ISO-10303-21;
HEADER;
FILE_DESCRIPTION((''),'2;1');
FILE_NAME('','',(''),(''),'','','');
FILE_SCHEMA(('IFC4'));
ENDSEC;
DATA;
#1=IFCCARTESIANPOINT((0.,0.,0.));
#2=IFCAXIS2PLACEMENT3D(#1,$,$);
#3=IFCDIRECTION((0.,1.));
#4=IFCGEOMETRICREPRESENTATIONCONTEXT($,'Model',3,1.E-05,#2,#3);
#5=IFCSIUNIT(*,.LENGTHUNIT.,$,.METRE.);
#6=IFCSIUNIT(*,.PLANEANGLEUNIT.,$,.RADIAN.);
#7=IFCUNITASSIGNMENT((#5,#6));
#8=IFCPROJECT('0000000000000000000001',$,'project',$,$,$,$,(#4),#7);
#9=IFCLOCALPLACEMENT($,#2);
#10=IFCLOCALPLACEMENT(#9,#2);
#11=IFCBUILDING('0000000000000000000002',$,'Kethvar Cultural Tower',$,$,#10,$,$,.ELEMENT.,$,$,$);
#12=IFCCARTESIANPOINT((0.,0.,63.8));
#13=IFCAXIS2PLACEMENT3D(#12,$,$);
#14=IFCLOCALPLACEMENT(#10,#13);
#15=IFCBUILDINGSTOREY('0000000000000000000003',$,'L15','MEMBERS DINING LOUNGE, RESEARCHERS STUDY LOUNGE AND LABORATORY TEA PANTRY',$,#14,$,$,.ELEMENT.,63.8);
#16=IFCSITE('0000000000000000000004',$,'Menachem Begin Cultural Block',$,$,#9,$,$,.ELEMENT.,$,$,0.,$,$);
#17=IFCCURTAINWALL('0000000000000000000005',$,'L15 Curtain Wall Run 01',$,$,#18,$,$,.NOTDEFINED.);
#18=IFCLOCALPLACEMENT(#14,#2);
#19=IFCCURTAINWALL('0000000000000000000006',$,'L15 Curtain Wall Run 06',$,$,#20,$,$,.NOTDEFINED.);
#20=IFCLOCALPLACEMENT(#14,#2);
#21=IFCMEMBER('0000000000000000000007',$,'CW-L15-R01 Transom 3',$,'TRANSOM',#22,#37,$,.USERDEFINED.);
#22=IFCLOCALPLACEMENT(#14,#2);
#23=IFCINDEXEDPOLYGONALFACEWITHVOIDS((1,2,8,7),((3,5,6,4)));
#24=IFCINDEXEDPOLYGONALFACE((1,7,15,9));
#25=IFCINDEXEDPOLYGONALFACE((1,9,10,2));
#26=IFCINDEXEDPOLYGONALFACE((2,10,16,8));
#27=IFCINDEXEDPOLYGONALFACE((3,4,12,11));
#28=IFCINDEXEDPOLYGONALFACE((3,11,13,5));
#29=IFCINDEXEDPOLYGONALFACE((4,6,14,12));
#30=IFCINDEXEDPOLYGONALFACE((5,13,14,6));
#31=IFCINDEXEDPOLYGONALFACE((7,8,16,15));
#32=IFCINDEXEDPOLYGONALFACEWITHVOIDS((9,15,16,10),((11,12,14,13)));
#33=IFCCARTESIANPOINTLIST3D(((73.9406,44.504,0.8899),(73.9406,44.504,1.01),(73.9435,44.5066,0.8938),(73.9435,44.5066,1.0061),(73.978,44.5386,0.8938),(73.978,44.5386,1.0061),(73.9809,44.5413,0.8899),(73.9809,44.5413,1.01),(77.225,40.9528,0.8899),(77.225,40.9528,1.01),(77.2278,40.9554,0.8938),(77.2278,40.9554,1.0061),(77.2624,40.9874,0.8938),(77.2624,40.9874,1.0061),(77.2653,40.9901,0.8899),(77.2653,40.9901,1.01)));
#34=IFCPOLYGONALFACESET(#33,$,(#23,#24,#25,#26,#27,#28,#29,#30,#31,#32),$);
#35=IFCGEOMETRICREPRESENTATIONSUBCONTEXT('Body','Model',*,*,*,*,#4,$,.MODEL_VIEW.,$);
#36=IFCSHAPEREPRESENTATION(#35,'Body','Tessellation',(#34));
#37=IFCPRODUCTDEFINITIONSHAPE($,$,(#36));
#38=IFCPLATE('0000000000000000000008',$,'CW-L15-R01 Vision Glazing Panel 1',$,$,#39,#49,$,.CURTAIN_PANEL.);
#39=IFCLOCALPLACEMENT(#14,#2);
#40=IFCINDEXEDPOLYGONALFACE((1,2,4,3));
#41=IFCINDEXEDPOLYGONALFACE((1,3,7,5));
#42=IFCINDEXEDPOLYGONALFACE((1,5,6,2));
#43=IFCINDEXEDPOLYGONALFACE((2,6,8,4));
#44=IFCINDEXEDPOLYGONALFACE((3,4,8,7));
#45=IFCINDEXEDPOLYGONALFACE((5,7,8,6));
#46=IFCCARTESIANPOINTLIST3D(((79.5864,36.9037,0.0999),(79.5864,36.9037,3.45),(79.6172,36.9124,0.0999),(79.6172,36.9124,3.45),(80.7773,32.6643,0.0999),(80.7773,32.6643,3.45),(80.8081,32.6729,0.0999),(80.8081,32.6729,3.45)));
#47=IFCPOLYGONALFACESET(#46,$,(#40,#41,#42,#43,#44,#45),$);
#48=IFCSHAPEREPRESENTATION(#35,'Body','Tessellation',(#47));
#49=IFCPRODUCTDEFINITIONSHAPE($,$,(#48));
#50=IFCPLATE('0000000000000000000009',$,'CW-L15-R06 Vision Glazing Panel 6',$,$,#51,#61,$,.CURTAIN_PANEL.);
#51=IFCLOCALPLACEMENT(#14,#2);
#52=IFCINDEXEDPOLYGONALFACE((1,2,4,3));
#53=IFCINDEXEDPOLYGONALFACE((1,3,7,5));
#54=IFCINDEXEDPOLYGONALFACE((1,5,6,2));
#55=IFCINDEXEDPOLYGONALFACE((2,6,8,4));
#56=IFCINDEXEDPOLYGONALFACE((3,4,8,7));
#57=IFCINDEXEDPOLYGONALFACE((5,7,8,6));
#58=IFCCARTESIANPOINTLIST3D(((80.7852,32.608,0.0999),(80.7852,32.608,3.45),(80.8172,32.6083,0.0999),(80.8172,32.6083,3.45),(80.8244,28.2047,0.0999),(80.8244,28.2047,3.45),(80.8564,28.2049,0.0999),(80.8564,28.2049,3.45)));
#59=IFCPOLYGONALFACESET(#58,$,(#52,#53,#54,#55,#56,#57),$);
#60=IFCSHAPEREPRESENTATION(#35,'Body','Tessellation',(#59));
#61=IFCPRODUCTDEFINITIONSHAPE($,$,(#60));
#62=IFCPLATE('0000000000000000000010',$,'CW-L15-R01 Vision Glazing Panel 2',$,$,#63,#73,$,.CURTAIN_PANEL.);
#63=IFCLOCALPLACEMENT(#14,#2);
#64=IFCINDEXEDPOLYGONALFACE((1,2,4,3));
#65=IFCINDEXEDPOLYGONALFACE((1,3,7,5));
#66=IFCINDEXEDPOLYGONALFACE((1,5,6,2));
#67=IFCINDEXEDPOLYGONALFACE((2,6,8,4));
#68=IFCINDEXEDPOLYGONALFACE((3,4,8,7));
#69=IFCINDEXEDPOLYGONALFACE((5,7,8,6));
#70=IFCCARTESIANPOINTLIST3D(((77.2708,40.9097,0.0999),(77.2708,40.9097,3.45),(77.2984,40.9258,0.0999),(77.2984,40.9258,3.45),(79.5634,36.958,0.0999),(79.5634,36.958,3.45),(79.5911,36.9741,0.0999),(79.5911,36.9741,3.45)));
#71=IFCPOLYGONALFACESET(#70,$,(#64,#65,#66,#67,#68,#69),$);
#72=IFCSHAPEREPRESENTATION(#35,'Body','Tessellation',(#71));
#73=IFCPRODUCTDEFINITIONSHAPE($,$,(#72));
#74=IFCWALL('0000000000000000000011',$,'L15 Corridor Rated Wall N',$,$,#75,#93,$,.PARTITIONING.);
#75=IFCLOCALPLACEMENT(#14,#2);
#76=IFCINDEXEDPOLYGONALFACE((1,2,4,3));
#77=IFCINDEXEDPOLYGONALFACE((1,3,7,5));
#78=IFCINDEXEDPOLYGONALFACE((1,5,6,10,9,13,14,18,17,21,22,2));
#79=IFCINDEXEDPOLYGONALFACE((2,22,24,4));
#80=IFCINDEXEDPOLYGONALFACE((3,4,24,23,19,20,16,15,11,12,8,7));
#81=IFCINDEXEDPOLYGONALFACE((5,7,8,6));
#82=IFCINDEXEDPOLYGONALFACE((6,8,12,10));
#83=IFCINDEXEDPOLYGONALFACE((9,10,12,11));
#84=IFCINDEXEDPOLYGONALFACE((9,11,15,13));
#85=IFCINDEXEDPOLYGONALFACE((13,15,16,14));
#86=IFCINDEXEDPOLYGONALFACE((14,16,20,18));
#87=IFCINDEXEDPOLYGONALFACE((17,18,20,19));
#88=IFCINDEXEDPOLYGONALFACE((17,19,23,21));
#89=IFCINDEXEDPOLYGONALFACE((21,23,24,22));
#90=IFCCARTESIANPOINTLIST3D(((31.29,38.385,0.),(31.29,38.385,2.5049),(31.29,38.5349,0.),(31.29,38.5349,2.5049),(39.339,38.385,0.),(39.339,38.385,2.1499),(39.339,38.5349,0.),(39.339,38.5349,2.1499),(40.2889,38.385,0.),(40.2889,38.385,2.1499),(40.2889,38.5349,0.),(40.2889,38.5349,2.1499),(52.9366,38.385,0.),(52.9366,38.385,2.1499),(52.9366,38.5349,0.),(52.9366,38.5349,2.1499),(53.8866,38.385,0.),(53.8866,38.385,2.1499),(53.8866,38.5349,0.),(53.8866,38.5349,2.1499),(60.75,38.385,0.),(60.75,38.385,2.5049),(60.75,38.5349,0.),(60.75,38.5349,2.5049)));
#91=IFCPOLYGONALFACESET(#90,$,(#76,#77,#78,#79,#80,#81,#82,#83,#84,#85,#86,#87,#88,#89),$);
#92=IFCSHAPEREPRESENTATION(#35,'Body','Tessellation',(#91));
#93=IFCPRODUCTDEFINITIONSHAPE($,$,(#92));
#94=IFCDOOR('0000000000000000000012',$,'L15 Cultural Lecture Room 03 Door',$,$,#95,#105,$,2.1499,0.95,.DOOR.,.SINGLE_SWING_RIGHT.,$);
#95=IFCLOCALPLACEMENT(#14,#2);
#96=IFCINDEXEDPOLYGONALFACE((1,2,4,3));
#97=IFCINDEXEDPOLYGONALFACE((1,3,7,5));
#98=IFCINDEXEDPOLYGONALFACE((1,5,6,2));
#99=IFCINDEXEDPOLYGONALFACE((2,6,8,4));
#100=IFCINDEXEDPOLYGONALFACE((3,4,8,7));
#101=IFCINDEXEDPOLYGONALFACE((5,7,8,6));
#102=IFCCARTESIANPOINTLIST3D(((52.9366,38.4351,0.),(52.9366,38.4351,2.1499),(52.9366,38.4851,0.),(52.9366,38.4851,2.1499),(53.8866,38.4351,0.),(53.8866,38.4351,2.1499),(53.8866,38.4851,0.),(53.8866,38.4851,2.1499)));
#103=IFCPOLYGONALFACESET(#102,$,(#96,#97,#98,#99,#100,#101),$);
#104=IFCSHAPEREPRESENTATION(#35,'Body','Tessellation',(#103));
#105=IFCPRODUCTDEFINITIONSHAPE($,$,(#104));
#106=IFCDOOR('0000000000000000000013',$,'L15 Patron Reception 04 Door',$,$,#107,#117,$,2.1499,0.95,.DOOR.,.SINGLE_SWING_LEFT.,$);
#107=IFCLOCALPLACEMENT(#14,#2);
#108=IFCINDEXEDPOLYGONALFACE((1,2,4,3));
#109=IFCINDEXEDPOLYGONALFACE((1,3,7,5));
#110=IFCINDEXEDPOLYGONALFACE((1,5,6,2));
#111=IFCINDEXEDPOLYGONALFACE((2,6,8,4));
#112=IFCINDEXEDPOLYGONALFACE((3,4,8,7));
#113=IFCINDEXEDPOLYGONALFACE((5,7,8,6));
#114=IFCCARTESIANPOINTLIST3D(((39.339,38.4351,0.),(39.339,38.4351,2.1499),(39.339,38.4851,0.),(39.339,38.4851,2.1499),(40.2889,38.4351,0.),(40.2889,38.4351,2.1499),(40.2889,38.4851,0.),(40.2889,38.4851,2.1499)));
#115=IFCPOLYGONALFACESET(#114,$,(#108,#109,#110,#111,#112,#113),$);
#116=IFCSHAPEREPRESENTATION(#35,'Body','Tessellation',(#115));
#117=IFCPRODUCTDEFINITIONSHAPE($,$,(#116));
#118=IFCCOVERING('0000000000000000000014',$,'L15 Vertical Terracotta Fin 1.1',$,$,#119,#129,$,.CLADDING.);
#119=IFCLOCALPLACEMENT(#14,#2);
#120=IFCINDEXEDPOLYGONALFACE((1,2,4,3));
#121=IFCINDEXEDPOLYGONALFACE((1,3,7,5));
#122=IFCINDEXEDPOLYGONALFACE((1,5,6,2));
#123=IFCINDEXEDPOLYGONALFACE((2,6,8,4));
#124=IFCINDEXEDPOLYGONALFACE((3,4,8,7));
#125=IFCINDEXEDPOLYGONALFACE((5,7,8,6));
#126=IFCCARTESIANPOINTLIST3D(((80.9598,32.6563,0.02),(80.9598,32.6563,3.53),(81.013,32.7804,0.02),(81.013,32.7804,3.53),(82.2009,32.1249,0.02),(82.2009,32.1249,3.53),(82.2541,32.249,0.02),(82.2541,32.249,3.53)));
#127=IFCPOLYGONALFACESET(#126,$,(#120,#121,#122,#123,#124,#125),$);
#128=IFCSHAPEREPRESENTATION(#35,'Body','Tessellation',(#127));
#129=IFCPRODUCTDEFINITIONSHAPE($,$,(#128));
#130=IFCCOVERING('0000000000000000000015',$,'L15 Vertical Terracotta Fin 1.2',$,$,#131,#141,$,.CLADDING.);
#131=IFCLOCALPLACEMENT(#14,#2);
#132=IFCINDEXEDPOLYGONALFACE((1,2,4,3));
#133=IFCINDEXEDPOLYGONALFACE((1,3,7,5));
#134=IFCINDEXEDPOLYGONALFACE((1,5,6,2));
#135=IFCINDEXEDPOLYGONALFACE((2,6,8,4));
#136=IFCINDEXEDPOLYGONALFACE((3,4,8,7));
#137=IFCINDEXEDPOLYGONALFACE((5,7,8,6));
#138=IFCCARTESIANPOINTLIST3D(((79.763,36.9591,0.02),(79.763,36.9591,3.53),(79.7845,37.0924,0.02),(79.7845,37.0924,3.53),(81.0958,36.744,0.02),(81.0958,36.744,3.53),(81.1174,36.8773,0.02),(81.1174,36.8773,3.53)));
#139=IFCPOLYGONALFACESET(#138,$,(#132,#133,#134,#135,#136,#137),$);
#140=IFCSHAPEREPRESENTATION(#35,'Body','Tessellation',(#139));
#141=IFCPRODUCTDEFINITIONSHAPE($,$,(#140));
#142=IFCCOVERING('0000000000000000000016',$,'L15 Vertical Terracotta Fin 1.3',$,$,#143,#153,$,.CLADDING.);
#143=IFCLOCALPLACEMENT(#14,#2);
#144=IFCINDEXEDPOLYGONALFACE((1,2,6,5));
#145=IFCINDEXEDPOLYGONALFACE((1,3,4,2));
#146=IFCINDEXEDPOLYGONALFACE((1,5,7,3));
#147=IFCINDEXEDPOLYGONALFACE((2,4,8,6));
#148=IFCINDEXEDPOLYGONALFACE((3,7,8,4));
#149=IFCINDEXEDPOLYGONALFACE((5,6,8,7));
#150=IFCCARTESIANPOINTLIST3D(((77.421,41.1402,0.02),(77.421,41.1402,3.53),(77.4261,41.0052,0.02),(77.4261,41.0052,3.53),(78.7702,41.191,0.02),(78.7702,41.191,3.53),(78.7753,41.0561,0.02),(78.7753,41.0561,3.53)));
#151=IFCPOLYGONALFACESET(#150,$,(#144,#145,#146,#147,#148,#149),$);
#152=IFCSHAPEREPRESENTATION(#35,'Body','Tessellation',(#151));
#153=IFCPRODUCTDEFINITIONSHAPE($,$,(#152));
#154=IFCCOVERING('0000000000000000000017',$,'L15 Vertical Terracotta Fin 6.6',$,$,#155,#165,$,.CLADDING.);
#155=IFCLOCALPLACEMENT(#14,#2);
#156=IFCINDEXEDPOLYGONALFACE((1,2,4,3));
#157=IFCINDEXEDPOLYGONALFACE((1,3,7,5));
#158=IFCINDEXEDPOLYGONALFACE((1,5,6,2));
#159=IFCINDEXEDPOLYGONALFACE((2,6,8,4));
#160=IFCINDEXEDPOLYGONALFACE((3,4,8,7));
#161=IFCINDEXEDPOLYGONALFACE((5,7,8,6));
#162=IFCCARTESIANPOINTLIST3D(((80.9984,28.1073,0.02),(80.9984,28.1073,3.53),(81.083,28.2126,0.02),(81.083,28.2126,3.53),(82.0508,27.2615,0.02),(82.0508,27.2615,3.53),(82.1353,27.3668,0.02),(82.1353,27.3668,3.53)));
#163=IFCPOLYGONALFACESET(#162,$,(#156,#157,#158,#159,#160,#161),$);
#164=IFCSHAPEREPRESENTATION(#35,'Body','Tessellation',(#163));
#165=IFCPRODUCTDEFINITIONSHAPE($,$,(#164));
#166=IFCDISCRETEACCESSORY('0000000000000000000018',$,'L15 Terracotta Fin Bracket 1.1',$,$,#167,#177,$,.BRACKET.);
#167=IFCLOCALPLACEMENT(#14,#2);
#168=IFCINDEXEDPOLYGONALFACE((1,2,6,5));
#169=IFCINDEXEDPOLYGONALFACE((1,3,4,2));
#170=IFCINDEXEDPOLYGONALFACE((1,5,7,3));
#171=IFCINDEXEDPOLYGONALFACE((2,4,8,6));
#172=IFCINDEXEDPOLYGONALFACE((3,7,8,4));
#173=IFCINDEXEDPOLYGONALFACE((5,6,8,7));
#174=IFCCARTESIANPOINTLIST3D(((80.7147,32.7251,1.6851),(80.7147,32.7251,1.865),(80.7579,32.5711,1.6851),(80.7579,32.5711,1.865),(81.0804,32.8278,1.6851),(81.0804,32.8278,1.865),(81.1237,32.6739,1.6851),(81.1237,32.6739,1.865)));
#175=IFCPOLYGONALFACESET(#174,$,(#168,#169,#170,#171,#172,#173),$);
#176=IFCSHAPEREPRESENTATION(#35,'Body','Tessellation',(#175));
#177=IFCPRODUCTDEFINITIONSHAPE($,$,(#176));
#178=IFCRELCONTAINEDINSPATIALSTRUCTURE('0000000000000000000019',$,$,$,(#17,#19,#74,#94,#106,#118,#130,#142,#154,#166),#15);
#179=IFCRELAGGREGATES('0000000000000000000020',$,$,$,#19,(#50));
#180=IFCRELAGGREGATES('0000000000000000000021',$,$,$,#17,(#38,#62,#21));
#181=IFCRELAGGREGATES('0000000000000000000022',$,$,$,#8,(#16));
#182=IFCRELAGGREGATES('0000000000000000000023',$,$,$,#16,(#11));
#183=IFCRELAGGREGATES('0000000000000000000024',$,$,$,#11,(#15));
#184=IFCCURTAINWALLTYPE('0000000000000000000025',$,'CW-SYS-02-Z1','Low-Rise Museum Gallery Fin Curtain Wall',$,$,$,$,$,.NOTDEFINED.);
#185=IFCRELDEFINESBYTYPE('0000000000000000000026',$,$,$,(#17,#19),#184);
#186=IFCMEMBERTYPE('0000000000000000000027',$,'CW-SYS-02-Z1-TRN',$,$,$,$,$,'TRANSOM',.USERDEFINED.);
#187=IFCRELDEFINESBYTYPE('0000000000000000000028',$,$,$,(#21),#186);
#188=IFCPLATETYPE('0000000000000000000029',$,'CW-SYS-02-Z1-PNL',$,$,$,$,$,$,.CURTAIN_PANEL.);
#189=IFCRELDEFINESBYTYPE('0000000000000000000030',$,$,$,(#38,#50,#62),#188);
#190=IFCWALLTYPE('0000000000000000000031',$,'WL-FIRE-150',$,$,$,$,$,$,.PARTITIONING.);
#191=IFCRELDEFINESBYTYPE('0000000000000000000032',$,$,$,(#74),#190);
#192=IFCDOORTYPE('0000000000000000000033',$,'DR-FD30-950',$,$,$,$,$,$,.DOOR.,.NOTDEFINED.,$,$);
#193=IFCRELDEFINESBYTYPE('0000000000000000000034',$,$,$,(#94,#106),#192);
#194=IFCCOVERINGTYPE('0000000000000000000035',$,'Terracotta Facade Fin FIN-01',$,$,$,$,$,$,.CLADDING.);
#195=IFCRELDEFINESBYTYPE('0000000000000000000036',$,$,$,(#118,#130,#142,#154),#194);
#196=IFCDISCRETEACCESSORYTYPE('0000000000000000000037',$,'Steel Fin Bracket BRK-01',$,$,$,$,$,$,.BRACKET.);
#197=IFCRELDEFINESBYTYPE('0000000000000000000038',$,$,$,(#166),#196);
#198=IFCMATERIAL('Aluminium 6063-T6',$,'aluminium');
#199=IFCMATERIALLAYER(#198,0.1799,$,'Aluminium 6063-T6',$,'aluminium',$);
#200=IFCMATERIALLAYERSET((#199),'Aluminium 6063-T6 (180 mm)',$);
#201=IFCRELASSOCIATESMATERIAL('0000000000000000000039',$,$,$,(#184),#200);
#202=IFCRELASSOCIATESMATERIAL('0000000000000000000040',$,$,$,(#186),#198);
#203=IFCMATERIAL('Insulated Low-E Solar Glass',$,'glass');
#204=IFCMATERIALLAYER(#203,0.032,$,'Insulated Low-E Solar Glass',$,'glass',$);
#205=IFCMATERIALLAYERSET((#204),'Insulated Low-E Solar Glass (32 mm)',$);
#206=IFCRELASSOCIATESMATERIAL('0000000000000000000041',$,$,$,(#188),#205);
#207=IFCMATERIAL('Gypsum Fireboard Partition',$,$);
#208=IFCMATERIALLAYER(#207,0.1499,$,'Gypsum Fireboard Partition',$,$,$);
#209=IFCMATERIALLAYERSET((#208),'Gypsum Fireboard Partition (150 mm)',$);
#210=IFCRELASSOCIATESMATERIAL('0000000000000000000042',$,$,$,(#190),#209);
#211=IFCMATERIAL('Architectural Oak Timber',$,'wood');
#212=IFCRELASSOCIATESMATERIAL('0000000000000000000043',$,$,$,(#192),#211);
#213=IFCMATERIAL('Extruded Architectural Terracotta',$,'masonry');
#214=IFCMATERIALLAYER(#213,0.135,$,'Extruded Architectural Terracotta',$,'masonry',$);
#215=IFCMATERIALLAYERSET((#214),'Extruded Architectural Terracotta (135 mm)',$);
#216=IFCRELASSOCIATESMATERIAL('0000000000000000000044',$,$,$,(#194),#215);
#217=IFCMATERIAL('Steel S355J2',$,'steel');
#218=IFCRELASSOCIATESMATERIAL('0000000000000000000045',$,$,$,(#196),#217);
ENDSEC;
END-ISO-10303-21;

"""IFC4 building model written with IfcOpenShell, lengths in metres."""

from ifc_helpers import new_model, si_unit, direction, frame, frame_2d, origin, origin_2d, place, context, subcontext, project, spatial, rectangle, hollow_rectangle, extrude, source, transform, mapped, material, layer, layer_set, material_profile, profile_set, type_object, element, fill, aggregate, save


model = new_model("IFC4")

# Units and contexts
model_context = context("Model", 3, precision=1e-05, world=origin(), true_north=direction((0.0, 1.0)))
body_context = subcontext(model_context, "Body", "Model", "MODEL_VIEW")
ifc_project = project(units=[si_unit("LENGTHUNIT", "METRE"), si_unit("PLANEANGLEUNIT", "RADIAN")], contexts=[model_context])

# Site, building, storey
site_placement = place(None, origin())
site = spatial("IfcSite", under=ifc_project, at=site_placement, Name="Menachem Begin Cultural Block", CompositionType="ELEMENT", RefElevation=0.0)
building_placement = place(site_placement, origin())
building = spatial("IfcBuilding", under=site, at=building_placement, Name="Kethvar Cultural Tower", CompositionType="ELEMENT")
storey_placement = place(building_placement, frame((0.0, 0.0, 63.8)))
storey = spatial("IfcBuildingStorey", under=building, at=storey_placement, Name="L15", Description="MEMBERS DINING LOUNGE, RESEARCHERS STUDY LOUNGE AND LABORATORY TEA PANTRY", CompositionType="ELEMENT", Elevation=63.8)

# Shared definitions
ifc_material_1 = material(Name="Steel S355J2", Category="steel")

# Curtain walls
ifc_material_2 = material(Name="Aluminium 6063-T6", Category="aluminium")
ifc_layer_1 = layer(ifc_material_2, 0.1799, Name="Aluminium 6063-T6", Category="aluminium")
ifc_layer_set_1 = layer_set([ifc_layer_1], Name="Aluminium 6063-T6 (180 mm)")
curtain_wall_type = type_object("IfcCurtainWallType", Name="CW-SYS-02-Z1", Description="Low-Rise Museum Gallery Fin Curtain Wall", PredefinedType="NOTDEFINED", material=ifc_layer_set_1)
curtain_wall_1_placement = place(storey_placement, origin())
curtain_wall_1 = element("IfcCurtainWall", 1, at=curtain_wall_1_placement, inside=storey, type_object=curtain_wall_type, Name="L15 Curtain Wall Run 01", PredefinedType="NOTDEFINED")
curtain_wall_2_placement = place(storey_placement, origin())
curtain_wall_2 = element("IfcCurtainWall", 2, at=curtain_wall_2_placement, inside=storey, type_object=curtain_wall_type, Name="L15 Curtain Wall Run 06", PredefinedType="NOTDEFINED")

# Member
ifc_material_profile_1 = material_profile(ifc_material_2, hollow_rectangle(XDim=0.0549, YDim=0.1201, WallThickness=0.0039, at=origin_2d()), Name="Aluminium 6063-T6 — RHS120x55x4")
ifc_profile_set_1 = profile_set([ifc_material_profile_1], Name="Aluminium 6063-T6 — RHS120x55x4")
member_type_1 = type_object("IfcMemberType", Name="CW-SYS-02-Z1-TRN", ElementType="TRANSOM", PredefinedType="USERDEFINED", material=ifc_profile_set_1)
shared_shape_1 = source(origin(), body_context, "Body", "SweptSolid", [
    extrude(hollow_rectangle(XDim=0.0549, YDim=0.1201, WallThickness=0.0039, at=origin_2d()), origin(), (0.0, 0.0, 1.0), 4.8372),
])
member_1_placement = place(storey_placement, frame((77.2451, 40.9714, 0.95), z_axis=(-0.678986, 0.734151, 0.0), x_axis=(-0.734151, -0.678986, 0.0)))
member_1 = element("IfcMember", 3, at=member_1_placement, type_object=member_type_1, Name="CW-L15-R01 Transom 3", ObjectType="TRANSOM", PredefinedType="USERDEFINED", context=body_context, shape_type="MappedRepresentation", body=[
    mapped(shared_shape_1, transform((0.0, 0.0, 0.0), scale=1.0)),
])

# Plates
ifc_material_3 = material(Name="Insulated Low-E Solar Glass", Category="glass")
ifc_layer_2 = layer(ifc_material_3, 0.032, Name="Insulated Low-E Solar Glass", Category="glass")
ifc_layer_set_2 = layer_set([ifc_layer_2], Name="Insulated Low-E Solar Glass (32 mm)")
plate_type = type_object("IfcPlateType", Name="CW-SYS-02-Z1-PNL", PredefinedType="CURTAIN_PANEL", material=ifc_layer_set_2)
shared_shape_2 = source(origin(), body_context, "Body", "SweptSolid", [
    extrude(rectangle(XDim=4.4036, YDim=0.032, at=origin_2d()), origin(), (0.0, 0.0, 1.0), 3.3501),
])
plate_1_placement = place(storey_placement, frame((80.1973, 34.7883, 0.0999), z_axis=(0.0, 0.0, 1.0), x_axis=(-0.270432, 0.962739, 0.0)))
plate_1 = element("IfcPlate", 4, at=plate_1_placement, type_object=plate_type, Name="CW-L15-R01 Vision Glazing Panel 1", PredefinedType="CURTAIN_PANEL", context=body_context, shape_type="MappedRepresentation", body=[
    mapped(shared_shape_2, transform((0.0, 0.0, 0.0), scale=1.0)),
])
plate_2_placement = place(storey_placement, frame((80.8208, 30.4065, 0.0999), z_axis=(0.0, 0.0, 1.0), x_axis=(-0.008901, 0.99996, 0.0)))
plate_2 = element("IfcPlate", 5, at=plate_2_placement, type_object=plate_type, Name="CW-L15-R06 Vision Glazing Panel 6", PredefinedType="CURTAIN_PANEL", context=body_context, shape_type="MappedRepresentation", body=[
    mapped(shared_shape_2, transform((0.0, 0.0, 0.0), scale=1.0)),
])
aggregate(curtain_wall_2, [plate_2])
shared_shape_3 = source(origin(), body_context, "Body", "SweptSolid", [
    extrude(rectangle(XDim=4.5686, YDim=0.032, at=origin_2d()), origin(), (0.0, 0.0, 1.0), 3.3501),
])
plate_3_placement = place(storey_placement, frame((78.4309, 38.9419, 0.0999), z_axis=(0.0, 0.0, 1.0), x_axis=(-0.501828, 0.864968, 0.0)))
plate_3 = element("IfcPlate", 6, at=plate_3_placement, type_object=plate_type, Name="CW-L15-R01 Vision Glazing Panel 2", PredefinedType="CURTAIN_PANEL", context=body_context, shape_type="MappedRepresentation", body=[
    mapped(shared_shape_3, transform((0.0, 0.0, 0.0), scale=1.0)),
])
aggregate(curtain_wall_1, [plate_1, plate_3, member_1])

# Wall, openings, doors
ifc_material_4 = material(Name="Gypsum Fireboard Partition")
ifc_layer_3 = layer(ifc_material_4, 0.1499, Name="Gypsum Fireboard Partition")
ifc_layer_set_3 = layer_set([ifc_layer_3], Name="Gypsum Fireboard Partition (150 mm)")
wall_type = type_object("IfcWallType", Name="WL-FIRE-150", PredefinedType="PARTITIONING", material=ifc_layer_set_3)
wall_placement = place(storey_placement, frame((60.75, 38.46, 0.0), z_axis=(0.0, 0.0, 1.0), x_axis=(-1.0, 0.0, 0.0)))
wall = element("IfcWall", 7, at=wall_placement, inside=storey, type_object=wall_type, Name="L15 Corridor Rated Wall N", PredefinedType="PARTITIONING", context=body_context, shape_type="SweptSolid", body=[
    extrude(rectangle(XDim=29.46, YDim=0.1499, at=frame_2d((14.73, 0.0))), origin(), (0.0, 0.0, 1.0), 2.5049),
])
opening_1_placement = place(wall_placement, frame((6.8633, 0.0, 0.0)))
opening_1 = element("IfcOpeningElement", 8, at=opening_1_placement, cuts=wall, PredefinedType="OPENING", context=body_context, shape_type="SweptSolid", body=[
    extrude(rectangle(XDim=0.95, YDim=2.1499, at=frame_2d((0.4751, 1.075))), frame((0.0, 0.085, 0.0), z_axis=(0.0, -1.0, 0.0), x_axis=(1.0, 0.0, 0.0)), (0.0, 0.0, 1.0), 0.1699),
])
opening_2_placement = place(wall_placement, frame((20.4609, 0.0, 0.0)))
opening_2 = element("IfcOpeningElement", 9, at=opening_2_placement, cuts=wall, PredefinedType="OPENING", context=body_context, shape_type="SweptSolid", body=[
    extrude(rectangle(XDim=0.95, YDim=2.1499, at=frame_2d((0.4751, 1.075))), frame((0.0, 0.085, 0.0), z_axis=(0.0, -1.0, 0.0), x_axis=(1.0, 0.0, 0.0)), (0.0, 0.0, 1.0), 0.1699),
])
ifc_material_5 = material(Name="Architectural Oak Timber", Category="wood")
door_type = type_object("IfcDoorType", Name="DR-FD30-950", OperationType="NOTDEFINED", PredefinedType="DOOR", material=ifc_material_5)
shared_shape_4 = source(origin(), body_context, "Body", "SweptSolid", [
    extrude(rectangle(XDim=0.95, YDim=2.1499, at=frame_2d((0.4751, 1.075))), frame((0.0, 0.0249, 0.0), z_axis=(0.0, -1.0, 0.0), x_axis=(1.0, 0.0, 0.0)), (0.0, 0.0, 1.0), 0.05),
])
door_1_placement = place(opening_1_placement, origin())
door_1 = element("IfcDoor", 10, at=door_1_placement, inside=storey, type_object=door_type, Name="L15 Cultural Lecture Room 03 Door", OperationType="SINGLE_SWING_RIGHT", OverallHeight=2.1499, OverallWidth=0.95, PredefinedType="DOOR", context=body_context, shape_type="MappedRepresentation", body=[
    mapped(shared_shape_4, transform((0.0, 0.0, 0.0), scale=1.0)),
])
fill(opening_1, door_1)
door_2_placement = place(opening_2_placement, origin())
door_2 = element("IfcDoor", 11, at=door_2_placement, inside=storey, type_object=door_type, Name="L15 Patron Reception 04 Door", OperationType="SINGLE_SWING_LEFT", OverallHeight=2.1499, OverallWidth=0.95, PredefinedType="DOOR", context=body_context, shape_type="MappedRepresentation", body=[
    mapped(shared_shape_4, transform((0.0, 0.0, 0.0), scale=1.0)),
])
fill(opening_2, door_2)

# Coverings
ifc_material_6 = material(Name="Extruded Architectural Terracotta", Category="masonry")
ifc_layer_4 = layer(ifc_material_6, 0.135, Name="Extruded Architectural Terracotta", Category="masonry")
ifc_layer_set_4 = layer_set([ifc_layer_4], Name="Extruded Architectural Terracotta (135 mm)")
covering_type = type_object("IfcCoveringType", Name="Terracotta Facade Fin FIN-01", PredefinedType="CLADDING", material=ifc_layer_set_4)
shared_shape_5 = source(origin(), body_context, "Body", "SweptSolid", [
    extrude(rectangle(XDim=1.3501, YDim=0.135, at=origin_2d()), origin(), (0.0, 0.0, 1.0), 3.51),
])
for number, where, z_axis, x_axis, name in (
    (12, (81.6069, 32.4526, 0.02), (0.0, 0.0, 1.0), (0.919273, -0.393621, 0.0), "L15 Vertical Terracotta Fin 1.1"),
    (13, (80.4402, 36.9182, 0.02), (0.0, 0.0, 1.0), (0.98722, -0.159364, 0.0), "L15 Vertical Terracotta Fin 1.2"),
    (14, (78.0981, 41.0981, 0.02), (0.0, 0.0, 1.0), (0.999289, 0.03769, 0.0), "L15 Vertical Terracotta Fin 1.3"),
    (15, (81.5669, 27.7371, 0.02), (0.0, 0.0, 1.0), (0.779447, -0.626468, 0.0), "L15 Vertical Terracotta Fin 6.6"),
):
    element("IfcCovering", number, at=place(storey_placement, frame(where, z_axis=z_axis, x_axis=x_axis)), inside=storey, type_object=covering_type, Name=name, PredefinedType="CLADDING", context=body_context, shape_type="MappedRepresentation", body=[
        mapped(shared_shape_5, transform((0.0, 0.0, 0.0), scale=1.0)),
    ])

# Discrete accessory
discrete_accessory_type = type_object("IfcDiscreteAccessoryType", Name="Steel Fin Bracket BRK-01", PredefinedType="BRACKET", material=ifc_material_1)
shared_shape_6 = source(origin(), body_context, "Body", "SweptSolid", [
    extrude(rectangle(XDim=0.3799, YDim=0.1599, at=origin_2d()), origin(), (0.0, 0.0, 1.0), 0.1799),
])
for number, where, z_axis, x_axis, name in (
    (16, (80.9192, 32.6995, 1.6851), (0.0, 0.0, 1.0), (0.962739, 0.270432, 0.0), "L15 Terracotta Fin Bracket 1.1"),
):
    element("IfcDiscreteAccessory", number, at=place(storey_placement, frame(where, z_axis=z_axis, x_axis=x_axis)), inside=storey, type_object=discrete_accessory_type, Name=name, PredefinedType="BRACKET", context=body_context, shape_type="MappedRepresentation", body=[
        mapped(shared_shape_6, transform((0.0, 0.0, 0.0), scale=1.0)),
    ])

save(model, "model.ifc")
